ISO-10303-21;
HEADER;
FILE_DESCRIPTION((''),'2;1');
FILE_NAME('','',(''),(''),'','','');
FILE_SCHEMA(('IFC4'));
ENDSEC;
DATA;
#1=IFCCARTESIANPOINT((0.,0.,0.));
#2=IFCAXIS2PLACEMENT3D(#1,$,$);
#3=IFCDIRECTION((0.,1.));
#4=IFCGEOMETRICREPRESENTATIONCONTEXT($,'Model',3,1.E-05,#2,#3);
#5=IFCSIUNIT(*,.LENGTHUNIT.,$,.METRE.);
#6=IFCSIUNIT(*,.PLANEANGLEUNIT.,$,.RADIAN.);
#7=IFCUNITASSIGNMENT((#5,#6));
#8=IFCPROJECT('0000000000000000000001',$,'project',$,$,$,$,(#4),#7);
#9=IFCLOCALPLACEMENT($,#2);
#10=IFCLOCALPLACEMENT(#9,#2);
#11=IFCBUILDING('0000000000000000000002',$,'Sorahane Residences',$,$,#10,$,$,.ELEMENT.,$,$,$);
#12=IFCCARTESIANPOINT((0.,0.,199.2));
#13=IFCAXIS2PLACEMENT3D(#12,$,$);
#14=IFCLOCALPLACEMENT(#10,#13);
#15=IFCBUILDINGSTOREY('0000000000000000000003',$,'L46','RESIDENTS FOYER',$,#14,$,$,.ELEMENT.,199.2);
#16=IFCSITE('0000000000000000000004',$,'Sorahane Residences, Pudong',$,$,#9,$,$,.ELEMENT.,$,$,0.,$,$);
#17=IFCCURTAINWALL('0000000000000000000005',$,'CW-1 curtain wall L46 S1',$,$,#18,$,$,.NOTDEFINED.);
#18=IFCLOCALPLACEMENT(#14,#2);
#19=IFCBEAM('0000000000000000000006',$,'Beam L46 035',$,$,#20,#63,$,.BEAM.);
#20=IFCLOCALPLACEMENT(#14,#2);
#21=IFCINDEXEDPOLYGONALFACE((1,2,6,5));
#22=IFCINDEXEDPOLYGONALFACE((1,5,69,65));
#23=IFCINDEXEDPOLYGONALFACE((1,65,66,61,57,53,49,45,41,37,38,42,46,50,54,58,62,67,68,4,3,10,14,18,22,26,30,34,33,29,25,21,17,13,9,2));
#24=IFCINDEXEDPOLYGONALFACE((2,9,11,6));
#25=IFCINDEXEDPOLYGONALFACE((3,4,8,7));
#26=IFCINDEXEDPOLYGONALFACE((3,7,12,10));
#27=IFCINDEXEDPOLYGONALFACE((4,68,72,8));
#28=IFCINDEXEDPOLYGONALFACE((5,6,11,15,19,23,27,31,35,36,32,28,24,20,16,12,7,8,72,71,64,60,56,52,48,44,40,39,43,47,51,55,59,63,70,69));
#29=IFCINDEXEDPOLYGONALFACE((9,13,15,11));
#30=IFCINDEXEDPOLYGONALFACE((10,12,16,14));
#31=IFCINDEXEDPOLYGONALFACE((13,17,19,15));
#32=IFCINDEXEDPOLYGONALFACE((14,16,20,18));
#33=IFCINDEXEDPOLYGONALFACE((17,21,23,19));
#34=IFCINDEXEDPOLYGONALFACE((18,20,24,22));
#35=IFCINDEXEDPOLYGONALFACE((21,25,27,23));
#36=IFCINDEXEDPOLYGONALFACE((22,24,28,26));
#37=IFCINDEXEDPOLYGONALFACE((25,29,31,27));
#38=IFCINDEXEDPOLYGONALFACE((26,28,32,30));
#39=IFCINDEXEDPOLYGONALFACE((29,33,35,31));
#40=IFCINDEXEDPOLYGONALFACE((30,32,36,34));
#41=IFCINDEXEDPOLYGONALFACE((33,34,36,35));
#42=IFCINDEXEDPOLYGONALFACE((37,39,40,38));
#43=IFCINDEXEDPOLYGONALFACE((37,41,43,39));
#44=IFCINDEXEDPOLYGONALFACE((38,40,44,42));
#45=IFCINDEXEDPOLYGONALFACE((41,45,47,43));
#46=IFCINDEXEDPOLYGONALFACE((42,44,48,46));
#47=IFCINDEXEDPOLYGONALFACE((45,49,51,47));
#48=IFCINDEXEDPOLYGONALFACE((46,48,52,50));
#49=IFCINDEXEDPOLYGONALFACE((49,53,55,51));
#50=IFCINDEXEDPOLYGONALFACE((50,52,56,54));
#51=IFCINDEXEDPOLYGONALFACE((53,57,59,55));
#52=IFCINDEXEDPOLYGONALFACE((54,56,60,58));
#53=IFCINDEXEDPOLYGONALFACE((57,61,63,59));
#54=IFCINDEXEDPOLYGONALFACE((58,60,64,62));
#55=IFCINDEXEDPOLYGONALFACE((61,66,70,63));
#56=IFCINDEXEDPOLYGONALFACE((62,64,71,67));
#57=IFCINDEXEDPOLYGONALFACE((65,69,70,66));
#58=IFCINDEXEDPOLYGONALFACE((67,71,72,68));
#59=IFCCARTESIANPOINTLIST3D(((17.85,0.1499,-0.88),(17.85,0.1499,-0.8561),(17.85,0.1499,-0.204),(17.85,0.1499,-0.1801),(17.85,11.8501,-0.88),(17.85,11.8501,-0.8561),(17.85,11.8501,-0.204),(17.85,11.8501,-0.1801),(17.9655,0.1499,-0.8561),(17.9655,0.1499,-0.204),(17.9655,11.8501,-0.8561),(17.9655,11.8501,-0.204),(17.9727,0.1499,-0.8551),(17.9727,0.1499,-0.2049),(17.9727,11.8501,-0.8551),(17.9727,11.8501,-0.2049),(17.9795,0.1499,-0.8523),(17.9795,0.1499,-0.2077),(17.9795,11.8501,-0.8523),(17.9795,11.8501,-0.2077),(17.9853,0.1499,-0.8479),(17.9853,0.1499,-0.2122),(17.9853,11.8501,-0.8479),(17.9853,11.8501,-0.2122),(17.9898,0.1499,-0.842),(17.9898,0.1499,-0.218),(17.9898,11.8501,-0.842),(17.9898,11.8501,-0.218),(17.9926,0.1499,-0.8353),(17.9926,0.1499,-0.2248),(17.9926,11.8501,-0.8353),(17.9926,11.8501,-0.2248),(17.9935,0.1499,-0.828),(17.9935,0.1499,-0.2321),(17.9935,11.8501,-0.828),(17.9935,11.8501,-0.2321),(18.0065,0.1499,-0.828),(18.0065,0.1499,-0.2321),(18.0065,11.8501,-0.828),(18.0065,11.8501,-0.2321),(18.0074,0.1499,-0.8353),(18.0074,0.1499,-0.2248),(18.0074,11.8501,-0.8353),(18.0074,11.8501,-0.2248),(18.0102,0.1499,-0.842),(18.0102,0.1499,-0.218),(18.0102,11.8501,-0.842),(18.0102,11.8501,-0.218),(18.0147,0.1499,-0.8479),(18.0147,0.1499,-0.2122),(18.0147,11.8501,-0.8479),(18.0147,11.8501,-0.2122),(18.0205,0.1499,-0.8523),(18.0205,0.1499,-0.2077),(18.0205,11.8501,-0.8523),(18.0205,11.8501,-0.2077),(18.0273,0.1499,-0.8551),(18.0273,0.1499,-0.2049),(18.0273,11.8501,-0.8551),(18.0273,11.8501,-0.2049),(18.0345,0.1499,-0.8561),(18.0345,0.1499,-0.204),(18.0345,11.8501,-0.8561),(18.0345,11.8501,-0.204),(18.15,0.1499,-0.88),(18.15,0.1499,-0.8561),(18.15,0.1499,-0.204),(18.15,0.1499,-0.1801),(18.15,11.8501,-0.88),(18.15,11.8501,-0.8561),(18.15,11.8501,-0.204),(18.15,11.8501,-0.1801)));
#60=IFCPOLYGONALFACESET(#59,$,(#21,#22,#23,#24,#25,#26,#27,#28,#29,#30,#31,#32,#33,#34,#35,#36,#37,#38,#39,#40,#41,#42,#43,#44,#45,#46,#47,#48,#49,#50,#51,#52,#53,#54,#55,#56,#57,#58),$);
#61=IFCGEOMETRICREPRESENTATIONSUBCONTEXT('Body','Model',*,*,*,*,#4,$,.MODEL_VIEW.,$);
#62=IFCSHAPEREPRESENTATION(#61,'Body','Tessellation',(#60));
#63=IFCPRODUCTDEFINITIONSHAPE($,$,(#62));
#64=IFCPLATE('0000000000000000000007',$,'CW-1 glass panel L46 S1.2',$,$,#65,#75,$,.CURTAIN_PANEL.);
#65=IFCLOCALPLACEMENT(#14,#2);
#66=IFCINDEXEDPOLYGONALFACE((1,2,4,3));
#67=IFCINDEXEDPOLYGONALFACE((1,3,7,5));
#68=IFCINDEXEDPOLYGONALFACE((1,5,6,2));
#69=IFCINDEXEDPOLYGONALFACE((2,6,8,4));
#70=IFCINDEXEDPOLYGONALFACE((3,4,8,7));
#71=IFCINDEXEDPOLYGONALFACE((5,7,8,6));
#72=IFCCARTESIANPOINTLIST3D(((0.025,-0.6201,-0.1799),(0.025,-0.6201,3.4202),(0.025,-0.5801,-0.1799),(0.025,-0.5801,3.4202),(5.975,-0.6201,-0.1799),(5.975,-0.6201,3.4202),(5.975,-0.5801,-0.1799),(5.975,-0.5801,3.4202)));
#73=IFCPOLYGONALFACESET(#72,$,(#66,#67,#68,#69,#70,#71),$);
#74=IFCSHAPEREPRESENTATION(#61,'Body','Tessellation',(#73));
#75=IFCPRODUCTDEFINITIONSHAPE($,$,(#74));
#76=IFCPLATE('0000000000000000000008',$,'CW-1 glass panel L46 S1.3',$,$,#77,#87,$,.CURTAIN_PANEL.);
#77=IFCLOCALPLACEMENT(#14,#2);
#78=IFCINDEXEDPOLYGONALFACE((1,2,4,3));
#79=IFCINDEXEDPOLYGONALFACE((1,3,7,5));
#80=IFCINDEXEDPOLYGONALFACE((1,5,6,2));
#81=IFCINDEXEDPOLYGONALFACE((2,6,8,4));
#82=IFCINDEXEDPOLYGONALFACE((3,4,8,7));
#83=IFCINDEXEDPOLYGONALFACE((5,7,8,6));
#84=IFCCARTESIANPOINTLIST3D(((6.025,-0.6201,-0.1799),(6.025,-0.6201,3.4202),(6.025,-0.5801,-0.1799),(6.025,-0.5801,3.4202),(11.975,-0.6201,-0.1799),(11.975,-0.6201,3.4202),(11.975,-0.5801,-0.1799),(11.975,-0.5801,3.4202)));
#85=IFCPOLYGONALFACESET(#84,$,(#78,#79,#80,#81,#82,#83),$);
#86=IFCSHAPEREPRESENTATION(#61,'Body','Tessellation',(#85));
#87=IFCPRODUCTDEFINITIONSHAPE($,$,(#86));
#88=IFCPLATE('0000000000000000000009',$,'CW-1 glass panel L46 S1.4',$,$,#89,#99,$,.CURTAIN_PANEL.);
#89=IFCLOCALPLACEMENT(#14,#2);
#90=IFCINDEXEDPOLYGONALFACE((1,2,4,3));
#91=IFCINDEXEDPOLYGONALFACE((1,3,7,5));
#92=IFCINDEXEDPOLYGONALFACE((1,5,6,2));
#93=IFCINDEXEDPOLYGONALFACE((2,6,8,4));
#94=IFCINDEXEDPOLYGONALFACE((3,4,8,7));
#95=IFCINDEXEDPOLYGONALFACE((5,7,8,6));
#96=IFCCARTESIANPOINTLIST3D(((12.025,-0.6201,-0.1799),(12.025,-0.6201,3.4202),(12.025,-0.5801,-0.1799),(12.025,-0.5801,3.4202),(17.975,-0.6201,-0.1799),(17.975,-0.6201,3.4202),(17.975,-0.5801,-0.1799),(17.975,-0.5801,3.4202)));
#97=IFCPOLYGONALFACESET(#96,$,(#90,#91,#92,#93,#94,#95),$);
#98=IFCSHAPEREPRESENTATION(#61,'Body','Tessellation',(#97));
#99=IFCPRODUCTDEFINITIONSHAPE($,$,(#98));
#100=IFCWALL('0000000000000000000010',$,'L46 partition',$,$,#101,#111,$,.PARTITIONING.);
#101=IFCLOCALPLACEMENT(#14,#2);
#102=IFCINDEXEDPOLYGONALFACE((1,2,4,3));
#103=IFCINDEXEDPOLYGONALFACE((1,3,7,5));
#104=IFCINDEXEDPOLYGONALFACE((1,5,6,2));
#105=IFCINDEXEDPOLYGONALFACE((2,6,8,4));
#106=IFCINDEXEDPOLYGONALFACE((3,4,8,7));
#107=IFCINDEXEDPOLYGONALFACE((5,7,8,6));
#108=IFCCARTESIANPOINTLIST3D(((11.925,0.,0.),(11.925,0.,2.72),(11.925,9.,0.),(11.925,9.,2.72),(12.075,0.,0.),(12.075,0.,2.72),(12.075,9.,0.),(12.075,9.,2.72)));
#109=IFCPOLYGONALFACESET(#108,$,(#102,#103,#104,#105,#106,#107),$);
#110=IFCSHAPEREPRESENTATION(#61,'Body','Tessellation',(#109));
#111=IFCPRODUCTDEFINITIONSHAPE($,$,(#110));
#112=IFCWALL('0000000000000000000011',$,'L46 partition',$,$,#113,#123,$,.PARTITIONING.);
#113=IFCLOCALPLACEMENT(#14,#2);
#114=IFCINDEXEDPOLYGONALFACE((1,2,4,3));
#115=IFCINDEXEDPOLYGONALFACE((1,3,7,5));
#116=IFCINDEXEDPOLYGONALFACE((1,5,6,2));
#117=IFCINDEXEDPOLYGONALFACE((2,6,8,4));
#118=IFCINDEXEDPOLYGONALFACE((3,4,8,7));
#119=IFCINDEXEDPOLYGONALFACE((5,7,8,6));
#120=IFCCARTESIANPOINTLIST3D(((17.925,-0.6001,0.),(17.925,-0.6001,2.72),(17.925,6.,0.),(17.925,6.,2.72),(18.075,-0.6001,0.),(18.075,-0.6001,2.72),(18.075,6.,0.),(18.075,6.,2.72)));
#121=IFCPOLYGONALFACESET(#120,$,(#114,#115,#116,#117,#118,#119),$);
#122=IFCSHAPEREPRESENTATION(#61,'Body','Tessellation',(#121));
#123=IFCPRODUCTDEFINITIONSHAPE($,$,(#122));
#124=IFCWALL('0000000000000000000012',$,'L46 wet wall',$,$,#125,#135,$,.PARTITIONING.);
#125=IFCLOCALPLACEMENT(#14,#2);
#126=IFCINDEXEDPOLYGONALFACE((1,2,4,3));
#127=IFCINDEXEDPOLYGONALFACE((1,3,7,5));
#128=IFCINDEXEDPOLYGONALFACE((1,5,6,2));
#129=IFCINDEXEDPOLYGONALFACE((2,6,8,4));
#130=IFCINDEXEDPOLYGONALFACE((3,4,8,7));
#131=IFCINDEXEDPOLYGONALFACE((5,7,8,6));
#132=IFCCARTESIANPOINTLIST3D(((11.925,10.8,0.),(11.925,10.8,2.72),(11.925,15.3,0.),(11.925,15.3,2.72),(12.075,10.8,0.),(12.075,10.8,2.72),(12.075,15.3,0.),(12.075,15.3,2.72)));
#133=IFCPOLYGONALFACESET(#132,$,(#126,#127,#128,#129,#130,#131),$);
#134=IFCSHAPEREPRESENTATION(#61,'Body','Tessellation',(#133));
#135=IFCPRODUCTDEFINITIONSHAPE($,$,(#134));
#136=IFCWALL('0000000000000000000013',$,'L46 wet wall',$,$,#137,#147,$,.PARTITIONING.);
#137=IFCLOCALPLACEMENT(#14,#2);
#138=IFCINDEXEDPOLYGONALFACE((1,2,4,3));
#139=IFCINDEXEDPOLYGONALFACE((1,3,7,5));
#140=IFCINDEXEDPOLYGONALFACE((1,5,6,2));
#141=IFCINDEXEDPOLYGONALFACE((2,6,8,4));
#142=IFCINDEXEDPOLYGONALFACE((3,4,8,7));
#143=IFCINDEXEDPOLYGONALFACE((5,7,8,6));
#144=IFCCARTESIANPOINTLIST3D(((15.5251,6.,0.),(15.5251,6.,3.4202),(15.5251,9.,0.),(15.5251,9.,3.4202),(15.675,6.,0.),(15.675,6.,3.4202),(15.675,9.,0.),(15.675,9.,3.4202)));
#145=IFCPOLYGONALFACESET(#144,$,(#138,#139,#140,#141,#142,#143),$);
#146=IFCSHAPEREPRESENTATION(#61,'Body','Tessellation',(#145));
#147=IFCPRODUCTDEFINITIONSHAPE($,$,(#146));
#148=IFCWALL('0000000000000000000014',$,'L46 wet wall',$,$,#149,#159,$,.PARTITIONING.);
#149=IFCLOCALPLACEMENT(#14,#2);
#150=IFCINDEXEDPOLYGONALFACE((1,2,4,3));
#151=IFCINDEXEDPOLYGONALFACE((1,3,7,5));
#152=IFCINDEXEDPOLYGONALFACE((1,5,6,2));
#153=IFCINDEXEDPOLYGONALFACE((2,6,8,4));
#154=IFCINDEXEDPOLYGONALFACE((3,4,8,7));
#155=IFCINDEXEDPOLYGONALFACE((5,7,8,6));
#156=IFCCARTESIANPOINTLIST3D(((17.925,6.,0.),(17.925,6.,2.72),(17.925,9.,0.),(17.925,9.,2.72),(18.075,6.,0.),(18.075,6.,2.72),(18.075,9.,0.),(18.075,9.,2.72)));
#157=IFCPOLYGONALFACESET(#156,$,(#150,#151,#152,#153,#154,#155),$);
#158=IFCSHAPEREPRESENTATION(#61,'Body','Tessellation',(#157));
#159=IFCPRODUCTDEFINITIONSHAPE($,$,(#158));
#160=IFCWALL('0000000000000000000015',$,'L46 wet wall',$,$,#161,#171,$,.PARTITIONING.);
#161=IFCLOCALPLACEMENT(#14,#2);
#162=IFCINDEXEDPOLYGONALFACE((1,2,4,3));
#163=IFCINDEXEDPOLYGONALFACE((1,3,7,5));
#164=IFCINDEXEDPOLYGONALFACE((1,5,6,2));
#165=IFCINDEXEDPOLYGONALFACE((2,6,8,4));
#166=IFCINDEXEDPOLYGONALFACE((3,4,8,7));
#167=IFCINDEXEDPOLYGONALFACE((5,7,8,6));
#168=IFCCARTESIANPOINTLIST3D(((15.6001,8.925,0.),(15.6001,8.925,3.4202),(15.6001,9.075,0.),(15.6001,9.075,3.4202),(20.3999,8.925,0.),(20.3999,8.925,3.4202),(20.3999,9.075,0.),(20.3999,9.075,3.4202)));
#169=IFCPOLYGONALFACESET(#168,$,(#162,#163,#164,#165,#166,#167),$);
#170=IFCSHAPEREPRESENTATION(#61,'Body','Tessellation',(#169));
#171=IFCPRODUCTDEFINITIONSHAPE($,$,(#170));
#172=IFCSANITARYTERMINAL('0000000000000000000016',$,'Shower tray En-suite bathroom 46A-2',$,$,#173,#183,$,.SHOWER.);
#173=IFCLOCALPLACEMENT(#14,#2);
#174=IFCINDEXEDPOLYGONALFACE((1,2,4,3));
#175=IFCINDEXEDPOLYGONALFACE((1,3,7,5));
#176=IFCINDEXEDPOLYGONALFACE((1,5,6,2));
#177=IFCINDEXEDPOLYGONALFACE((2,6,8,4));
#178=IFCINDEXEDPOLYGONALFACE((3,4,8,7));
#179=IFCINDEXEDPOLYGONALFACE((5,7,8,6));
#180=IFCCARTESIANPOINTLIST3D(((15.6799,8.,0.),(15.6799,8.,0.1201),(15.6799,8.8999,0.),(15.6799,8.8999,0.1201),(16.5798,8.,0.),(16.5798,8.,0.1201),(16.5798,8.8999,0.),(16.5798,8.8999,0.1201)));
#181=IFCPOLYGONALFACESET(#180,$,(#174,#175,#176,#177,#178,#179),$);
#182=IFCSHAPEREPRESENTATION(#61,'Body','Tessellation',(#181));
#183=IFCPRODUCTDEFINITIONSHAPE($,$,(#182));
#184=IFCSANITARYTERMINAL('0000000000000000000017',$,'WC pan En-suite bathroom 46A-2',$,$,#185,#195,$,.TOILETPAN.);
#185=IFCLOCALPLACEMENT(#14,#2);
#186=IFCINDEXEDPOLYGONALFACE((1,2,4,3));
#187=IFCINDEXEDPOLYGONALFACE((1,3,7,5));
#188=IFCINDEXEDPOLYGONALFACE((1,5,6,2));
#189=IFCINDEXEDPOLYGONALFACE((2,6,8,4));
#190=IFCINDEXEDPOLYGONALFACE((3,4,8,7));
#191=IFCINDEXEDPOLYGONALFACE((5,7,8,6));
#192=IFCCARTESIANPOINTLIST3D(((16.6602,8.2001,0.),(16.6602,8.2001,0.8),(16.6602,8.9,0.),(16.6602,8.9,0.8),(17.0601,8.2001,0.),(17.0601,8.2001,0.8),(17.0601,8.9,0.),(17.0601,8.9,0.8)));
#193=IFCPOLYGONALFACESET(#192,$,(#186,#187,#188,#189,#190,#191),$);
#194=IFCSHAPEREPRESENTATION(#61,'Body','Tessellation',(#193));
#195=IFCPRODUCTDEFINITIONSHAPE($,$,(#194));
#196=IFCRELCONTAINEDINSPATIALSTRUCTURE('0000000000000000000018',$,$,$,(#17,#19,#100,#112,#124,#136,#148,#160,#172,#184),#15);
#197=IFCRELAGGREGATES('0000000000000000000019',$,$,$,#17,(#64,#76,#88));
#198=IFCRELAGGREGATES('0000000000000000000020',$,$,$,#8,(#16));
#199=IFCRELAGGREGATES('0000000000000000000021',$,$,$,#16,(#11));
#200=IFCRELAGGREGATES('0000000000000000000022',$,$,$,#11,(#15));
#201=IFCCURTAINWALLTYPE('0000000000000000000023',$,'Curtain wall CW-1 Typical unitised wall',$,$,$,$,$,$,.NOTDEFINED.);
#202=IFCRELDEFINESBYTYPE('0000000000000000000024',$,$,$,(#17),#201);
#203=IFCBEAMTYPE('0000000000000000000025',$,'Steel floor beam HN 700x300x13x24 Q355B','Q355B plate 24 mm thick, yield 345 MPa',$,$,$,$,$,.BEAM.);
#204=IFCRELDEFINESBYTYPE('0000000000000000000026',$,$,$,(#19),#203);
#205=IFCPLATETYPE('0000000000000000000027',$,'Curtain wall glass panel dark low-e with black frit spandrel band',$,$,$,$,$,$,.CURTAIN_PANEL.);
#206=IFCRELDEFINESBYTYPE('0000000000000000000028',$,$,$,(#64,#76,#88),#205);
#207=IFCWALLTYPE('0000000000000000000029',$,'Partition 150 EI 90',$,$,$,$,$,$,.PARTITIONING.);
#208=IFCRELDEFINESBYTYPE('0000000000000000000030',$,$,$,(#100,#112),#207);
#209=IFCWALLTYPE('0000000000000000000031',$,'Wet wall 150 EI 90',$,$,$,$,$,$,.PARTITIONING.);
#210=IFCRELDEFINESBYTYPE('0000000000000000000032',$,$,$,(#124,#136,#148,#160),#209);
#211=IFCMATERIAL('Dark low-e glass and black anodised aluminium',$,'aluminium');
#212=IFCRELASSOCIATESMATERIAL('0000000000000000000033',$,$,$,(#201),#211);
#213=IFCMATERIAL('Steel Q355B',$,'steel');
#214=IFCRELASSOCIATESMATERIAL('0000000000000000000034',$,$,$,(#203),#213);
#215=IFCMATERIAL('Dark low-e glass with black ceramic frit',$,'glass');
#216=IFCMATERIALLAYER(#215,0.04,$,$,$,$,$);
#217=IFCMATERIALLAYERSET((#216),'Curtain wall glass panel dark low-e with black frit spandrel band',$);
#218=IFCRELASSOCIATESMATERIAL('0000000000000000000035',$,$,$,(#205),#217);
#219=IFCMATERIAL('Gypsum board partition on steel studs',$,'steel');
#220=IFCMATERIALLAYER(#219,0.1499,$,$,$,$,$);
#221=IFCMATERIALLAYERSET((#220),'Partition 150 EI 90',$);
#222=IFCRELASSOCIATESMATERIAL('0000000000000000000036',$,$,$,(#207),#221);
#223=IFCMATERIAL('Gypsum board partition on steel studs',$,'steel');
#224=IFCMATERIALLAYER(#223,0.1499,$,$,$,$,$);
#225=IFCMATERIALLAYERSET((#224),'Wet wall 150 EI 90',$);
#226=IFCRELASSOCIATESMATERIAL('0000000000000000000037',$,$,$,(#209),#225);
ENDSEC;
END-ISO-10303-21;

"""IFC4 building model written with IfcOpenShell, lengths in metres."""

from ifc_helpers import new_model, si_unit, direction, frame, frame_2d, origin, origin_2d, place, context, subcontext, project, spatial, rectangle, i_section, extrude, material, layer, layer_set, material_profile, profile_set, type_object, element, aggregate, save


model = new_model("IFC4")

# Units and contexts
model_context = context("Model", 3, precision=1e-05, world=origin(), true_north=direction((0.0, 1.0)))
body_context = subcontext(model_context, "Body", "Model", "MODEL_VIEW")
ifc_project = project(units=[si_unit("LENGTHUNIT", "METRE"), si_unit("PLANEANGLEUNIT", "RADIAN")], contexts=[model_context])

# Site, building, storey
site_placement = place(None, origin())
site = spatial("IfcSite", under=ifc_project, at=site_placement, Name="Sorahane Residences, Pudong", CompositionType="ELEMENT", RefElevation=0.0)
building_placement = place(site_placement, origin())
building = spatial("IfcBuilding", under=site, at=building_placement, Name="Sorahane Residences", CompositionType="ELEMENT")
storey_placement = place(building_placement, frame((0.0, 0.0, 199.2)))
storey = spatial("IfcBuildingStorey", under=building, at=storey_placement, Name="L46", Description="RESIDENTS FOYER", CompositionType="ELEMENT", Elevation=199.2)

# Curtain wall
ifc_material_1 = material(Name="Dark low-e glass and black anodised aluminium", Category="aluminium")
curtain_wall_type = type_object("IfcCurtainWallType", Name="Curtain wall CW-1 Typical unitised wall", PredefinedType="NOTDEFINED", material=ifc_material_1)
curtain_wall_placement = place(storey_placement, origin())
curtain_wall = element("IfcCurtainWall", 1, at=curtain_wall_placement, inside=storey, type_object=curtain_wall_type, Name="CW-1 curtain wall L46 S1", PredefinedType="NOTDEFINED")

# Beam
ifc_material_2 = material(Name="Steel Q355B", Category="steel")
ifc_material_profile_1 = material_profile(ifc_material_2, i_section(OverallWidth=0.3, OverallDepth=0.7, WebThickness=0.0129, FlangeThickness=0.0239, FilletRadius=0.0281, at=origin_2d()), Name="HN 700x300x13x24")
ifc_profile_set_1 = profile_set([ifc_material_profile_1], Name="Steel Q355B")
beam_type_1 = type_object("IfcBeamType", Name="Steel floor beam HN 700x300x13x24 Q355B", Description="Q355B plate 24 mm thick, yield 345 MPa", PredefinedType="BEAM", material=ifc_profile_set_1)
beam_1_placement = place(storey_placement, frame((18.0, 0.1499, -0.53), z_axis=(0.0, 1.0, 0.0), x_axis=(-1.0, 0.0, 0.0)))
element("IfcBeam", 2, at=beam_1_placement, inside=storey, type_object=beam_type_1, Name="Beam L46 035", PredefinedType="BEAM", context=body_context, shape_type="SweptSolid", body=[
    extrude(i_section(OverallWidth=0.3, OverallDepth=0.7, WebThickness=0.0129, FlangeThickness=0.0239, FilletRadius=0.0281, at=origin_2d()), origin(), (0.0, 0.0, 1.0), 11.7002),
])

# Plates
ifc_material_3 = material(Name="Dark low-e glass with black ceramic frit", Category="glass")
ifc_layer_1 = layer(ifc_material_3, 0.04)
ifc_layer_set_1 = layer_set([ifc_layer_1], Name="Curtain wall glass panel dark low-e with black frit spandrel band")
plate_type = type_object("IfcPlateType", Name="Curtain wall glass panel dark low-e with black frit spandrel band", PredefinedType="CURTAIN_PANEL", material=ifc_layer_set_1)
plate_1_placement = place(storey_placement, frame((3.0, -0.6001, -0.1799), z_axis=(0.0, 0.0, 1.0), x_axis=(1.0, 0.0, 0.0)))
plate_1 = element("IfcPlate", 3, at=plate_1_placement, type_object=plate_type, Name="CW-1 glass panel L46 S1.2", PredefinedType="CURTAIN_PANEL", context=body_context, shape_type="SweptSolid", body=[
    extrude(rectangle(XDim=5.95, YDim=0.04, at=origin_2d()), origin(), (0.0, 0.0, 1.0), 3.6001),
])
plate_2_placement = place(storey_placement, frame((9.0, -0.6001, -0.1799), z_axis=(0.0, 0.0, 1.0), x_axis=(1.0, 0.0, 0.0)))
plate_2 = element("IfcPlate", 4, at=plate_2_placement, type_object=plate_type, Name="CW-1 glass panel L46 S1.3", PredefinedType="CURTAIN_PANEL", context=body_context, shape_type="SweptSolid", body=[
    extrude(rectangle(XDim=5.95, YDim=0.04, at=origin_2d()), origin(), (0.0, 0.0, 1.0), 3.6001),
])
plate_3_placement = place(storey_placement, frame((15.0, -0.6001, -0.1799), z_axis=(0.0, 0.0, 1.0), x_axis=(1.0, 0.0, 0.0)))
plate_3 = element("IfcPlate", 5, at=plate_3_placement, type_object=plate_type, Name="CW-1 glass panel L46 S1.4", PredefinedType="CURTAIN_PANEL", context=body_context, shape_type="SweptSolid", body=[
    extrude(rectangle(XDim=5.95, YDim=0.04, at=origin_2d()), origin(), (0.0, 0.0, 1.0), 3.6001),
])
aggregate(curtain_wall, [plate_1, plate_2, plate_3])

# Walls
ifc_material_4 = material(Name="Gypsum board partition on steel studs", Category="steel")
ifc_layer_2 = layer(ifc_material_4, 0.1499)
ifc_layer_set_2 = layer_set([ifc_layer_2], Name="Partition 150 EI 90")
wall_type_1 = type_object("IfcWallType", Name="Partition 150 EI 90", PredefinedType="PARTITIONING", material=ifc_layer_set_2)
wall_1_placement = place(storey_placement, frame((12.0, 0.0, 0.0), z_axis=(0.0, 0.0, 1.0), x_axis=(0.0, 1.0, 0.0)))
element("IfcWall", 6, at=wall_1_placement, inside=storey, type_object=wall_type_1, Name="L46 partition", PredefinedType="PARTITIONING", context=body_context, shape_type="SweptSolid", body=[
    extrude(rectangle(XDim=9.0, YDim=0.1499, at=frame_2d((4.5, 0.0))), origin(), (0.0, 0.0, 1.0), 2.72),
])
wall_2_placement = place(storey_placement, frame((18.0, -0.6001, 0.0), z_axis=(0.0, 0.0, 1.0), x_axis=(0.0, 1.0, 0.0)))
element("IfcWall", 7, at=wall_2_placement, inside=storey, type_object=wall_type_1, Name="L46 partition", PredefinedType="PARTITIONING", context=body_context, shape_type="SweptSolid", body=[
    extrude(rectangle(XDim=6.6001, YDim=0.1499, at=frame_2d((3.3, 0.0))), origin(), (0.0, 0.0, 1.0), 2.72),
])
ifc_material_5 = material(Name="Gypsum board partition on steel studs", Category="steel")
ifc_layer_3 = layer(ifc_material_5, 0.1499)
ifc_layer_set_3 = layer_set([ifc_layer_3], Name="Wet wall 150 EI 90")
wall_type_2 = type_object("IfcWallType", Name="Wet wall 150 EI 90", PredefinedType="PARTITIONING", material=ifc_layer_set_3)
wall_3_placement = place(storey_placement, frame((12.0, 10.8, 0.0), z_axis=(0.0, 0.0, 1.0), x_axis=(0.0, 1.0, 0.0)))
element("IfcWall", 8, at=wall_3_placement, inside=storey, type_object=wall_type_2, Name="L46 wet wall", PredefinedType="PARTITIONING", context=body_context, shape_type="SweptSolid", body=[
    extrude(rectangle(XDim=4.5, YDim=0.1499, at=frame_2d((2.25, 0.0))), origin(), (0.0, 0.0, 1.0), 2.72),
])
wall_4_placement = place(storey_placement, frame((15.6001, 6.0, 0.0), z_axis=(0.0, 0.0, 1.0), x_axis=(0.0, 1.0, 0.0)))
element("IfcWall", 9, at=wall_4_placement, inside=storey, type_object=wall_type_2, Name="L46 wet wall", PredefinedType="PARTITIONING", context=body_context, shape_type="SweptSolid", body=[
    extrude(rectangle(XDim=3.0, YDim=0.1499, at=frame_2d((1.5, 0.0))), origin(), (0.0, 0.0, 1.0), 3.4202),
])
wall_5_placement = place(storey_placement, frame((18.0, 6.0, 0.0), z_axis=(0.0, 0.0, 1.0), x_axis=(0.0, 1.0, 0.0)))
element("IfcWall", 10, at=wall_5_placement, inside=storey, type_object=wall_type_2, Name="L46 wet wall", PredefinedType="PARTITIONING", context=body_context, shape_type="SweptSolid", body=[
    extrude(rectangle(XDim=3.0, YDim=0.1499, at=frame_2d((1.5, 0.0))), origin(), (0.0, 0.0, 1.0), 2.72),
])

# Wall
wall_6_placement = place(storey_placement, frame((15.6001, 9.0, 0.0), z_axis=(0.0, 0.0, 1.0), x_axis=(1.0, 0.0, 0.0)))
element("IfcWall", 11, at=wall_6_placement, inside=storey, type_object=wall_type_2, Name="L46 wet wall", PredefinedType="PARTITIONING", context=body_context, shape_type="SweptSolid", body=[
    extrude(rectangle(XDim=4.7998, YDim=0.1499, at=frame_2d((2.3999, 0.0))), origin(), (0.0, 0.0, 1.0), 3.4202),
])

# Sanitary terminals
sanitary_terminal_1_placement = place(storey_placement, frame((16.1299, 8.45, 0.0), z_axis=(0.0, 0.0, 1.0), x_axis=(1.0, 0.0, 0.0)))
element("IfcSanitaryTerminal", 12, at=sanitary_terminal_1_placement, inside=storey, Name="Shower tray En-suite bathroom 46A-2", PredefinedType="SHOWER", context=body_context, shape_type="SweptSolid", body=[
    extrude(rectangle(XDim=0.8999, YDim=0.8999, at=origin_2d()), origin(), (0.0, 0.0, 1.0), 0.1201),
])
sanitary_terminal_2_placement = place(storey_placement, frame((16.8601, 8.55, 0.0), z_axis=(0.0, 0.0, 1.0), x_axis=(1.0, 0.0, 0.0)))
element("IfcSanitaryTerminal", 13, at=sanitary_terminal_2_placement, inside=storey, Name="WC pan En-suite bathroom 46A-2", PredefinedType="TOILETPAN", context=body_context, shape_type="SweptSolid", body=[
    extrude(rectangle(XDim=0.3999, YDim=0.7, at=origin_2d()), origin(), (0.0, 0.0, 1.0), 0.8),
])

save(model, "model.ifc")
